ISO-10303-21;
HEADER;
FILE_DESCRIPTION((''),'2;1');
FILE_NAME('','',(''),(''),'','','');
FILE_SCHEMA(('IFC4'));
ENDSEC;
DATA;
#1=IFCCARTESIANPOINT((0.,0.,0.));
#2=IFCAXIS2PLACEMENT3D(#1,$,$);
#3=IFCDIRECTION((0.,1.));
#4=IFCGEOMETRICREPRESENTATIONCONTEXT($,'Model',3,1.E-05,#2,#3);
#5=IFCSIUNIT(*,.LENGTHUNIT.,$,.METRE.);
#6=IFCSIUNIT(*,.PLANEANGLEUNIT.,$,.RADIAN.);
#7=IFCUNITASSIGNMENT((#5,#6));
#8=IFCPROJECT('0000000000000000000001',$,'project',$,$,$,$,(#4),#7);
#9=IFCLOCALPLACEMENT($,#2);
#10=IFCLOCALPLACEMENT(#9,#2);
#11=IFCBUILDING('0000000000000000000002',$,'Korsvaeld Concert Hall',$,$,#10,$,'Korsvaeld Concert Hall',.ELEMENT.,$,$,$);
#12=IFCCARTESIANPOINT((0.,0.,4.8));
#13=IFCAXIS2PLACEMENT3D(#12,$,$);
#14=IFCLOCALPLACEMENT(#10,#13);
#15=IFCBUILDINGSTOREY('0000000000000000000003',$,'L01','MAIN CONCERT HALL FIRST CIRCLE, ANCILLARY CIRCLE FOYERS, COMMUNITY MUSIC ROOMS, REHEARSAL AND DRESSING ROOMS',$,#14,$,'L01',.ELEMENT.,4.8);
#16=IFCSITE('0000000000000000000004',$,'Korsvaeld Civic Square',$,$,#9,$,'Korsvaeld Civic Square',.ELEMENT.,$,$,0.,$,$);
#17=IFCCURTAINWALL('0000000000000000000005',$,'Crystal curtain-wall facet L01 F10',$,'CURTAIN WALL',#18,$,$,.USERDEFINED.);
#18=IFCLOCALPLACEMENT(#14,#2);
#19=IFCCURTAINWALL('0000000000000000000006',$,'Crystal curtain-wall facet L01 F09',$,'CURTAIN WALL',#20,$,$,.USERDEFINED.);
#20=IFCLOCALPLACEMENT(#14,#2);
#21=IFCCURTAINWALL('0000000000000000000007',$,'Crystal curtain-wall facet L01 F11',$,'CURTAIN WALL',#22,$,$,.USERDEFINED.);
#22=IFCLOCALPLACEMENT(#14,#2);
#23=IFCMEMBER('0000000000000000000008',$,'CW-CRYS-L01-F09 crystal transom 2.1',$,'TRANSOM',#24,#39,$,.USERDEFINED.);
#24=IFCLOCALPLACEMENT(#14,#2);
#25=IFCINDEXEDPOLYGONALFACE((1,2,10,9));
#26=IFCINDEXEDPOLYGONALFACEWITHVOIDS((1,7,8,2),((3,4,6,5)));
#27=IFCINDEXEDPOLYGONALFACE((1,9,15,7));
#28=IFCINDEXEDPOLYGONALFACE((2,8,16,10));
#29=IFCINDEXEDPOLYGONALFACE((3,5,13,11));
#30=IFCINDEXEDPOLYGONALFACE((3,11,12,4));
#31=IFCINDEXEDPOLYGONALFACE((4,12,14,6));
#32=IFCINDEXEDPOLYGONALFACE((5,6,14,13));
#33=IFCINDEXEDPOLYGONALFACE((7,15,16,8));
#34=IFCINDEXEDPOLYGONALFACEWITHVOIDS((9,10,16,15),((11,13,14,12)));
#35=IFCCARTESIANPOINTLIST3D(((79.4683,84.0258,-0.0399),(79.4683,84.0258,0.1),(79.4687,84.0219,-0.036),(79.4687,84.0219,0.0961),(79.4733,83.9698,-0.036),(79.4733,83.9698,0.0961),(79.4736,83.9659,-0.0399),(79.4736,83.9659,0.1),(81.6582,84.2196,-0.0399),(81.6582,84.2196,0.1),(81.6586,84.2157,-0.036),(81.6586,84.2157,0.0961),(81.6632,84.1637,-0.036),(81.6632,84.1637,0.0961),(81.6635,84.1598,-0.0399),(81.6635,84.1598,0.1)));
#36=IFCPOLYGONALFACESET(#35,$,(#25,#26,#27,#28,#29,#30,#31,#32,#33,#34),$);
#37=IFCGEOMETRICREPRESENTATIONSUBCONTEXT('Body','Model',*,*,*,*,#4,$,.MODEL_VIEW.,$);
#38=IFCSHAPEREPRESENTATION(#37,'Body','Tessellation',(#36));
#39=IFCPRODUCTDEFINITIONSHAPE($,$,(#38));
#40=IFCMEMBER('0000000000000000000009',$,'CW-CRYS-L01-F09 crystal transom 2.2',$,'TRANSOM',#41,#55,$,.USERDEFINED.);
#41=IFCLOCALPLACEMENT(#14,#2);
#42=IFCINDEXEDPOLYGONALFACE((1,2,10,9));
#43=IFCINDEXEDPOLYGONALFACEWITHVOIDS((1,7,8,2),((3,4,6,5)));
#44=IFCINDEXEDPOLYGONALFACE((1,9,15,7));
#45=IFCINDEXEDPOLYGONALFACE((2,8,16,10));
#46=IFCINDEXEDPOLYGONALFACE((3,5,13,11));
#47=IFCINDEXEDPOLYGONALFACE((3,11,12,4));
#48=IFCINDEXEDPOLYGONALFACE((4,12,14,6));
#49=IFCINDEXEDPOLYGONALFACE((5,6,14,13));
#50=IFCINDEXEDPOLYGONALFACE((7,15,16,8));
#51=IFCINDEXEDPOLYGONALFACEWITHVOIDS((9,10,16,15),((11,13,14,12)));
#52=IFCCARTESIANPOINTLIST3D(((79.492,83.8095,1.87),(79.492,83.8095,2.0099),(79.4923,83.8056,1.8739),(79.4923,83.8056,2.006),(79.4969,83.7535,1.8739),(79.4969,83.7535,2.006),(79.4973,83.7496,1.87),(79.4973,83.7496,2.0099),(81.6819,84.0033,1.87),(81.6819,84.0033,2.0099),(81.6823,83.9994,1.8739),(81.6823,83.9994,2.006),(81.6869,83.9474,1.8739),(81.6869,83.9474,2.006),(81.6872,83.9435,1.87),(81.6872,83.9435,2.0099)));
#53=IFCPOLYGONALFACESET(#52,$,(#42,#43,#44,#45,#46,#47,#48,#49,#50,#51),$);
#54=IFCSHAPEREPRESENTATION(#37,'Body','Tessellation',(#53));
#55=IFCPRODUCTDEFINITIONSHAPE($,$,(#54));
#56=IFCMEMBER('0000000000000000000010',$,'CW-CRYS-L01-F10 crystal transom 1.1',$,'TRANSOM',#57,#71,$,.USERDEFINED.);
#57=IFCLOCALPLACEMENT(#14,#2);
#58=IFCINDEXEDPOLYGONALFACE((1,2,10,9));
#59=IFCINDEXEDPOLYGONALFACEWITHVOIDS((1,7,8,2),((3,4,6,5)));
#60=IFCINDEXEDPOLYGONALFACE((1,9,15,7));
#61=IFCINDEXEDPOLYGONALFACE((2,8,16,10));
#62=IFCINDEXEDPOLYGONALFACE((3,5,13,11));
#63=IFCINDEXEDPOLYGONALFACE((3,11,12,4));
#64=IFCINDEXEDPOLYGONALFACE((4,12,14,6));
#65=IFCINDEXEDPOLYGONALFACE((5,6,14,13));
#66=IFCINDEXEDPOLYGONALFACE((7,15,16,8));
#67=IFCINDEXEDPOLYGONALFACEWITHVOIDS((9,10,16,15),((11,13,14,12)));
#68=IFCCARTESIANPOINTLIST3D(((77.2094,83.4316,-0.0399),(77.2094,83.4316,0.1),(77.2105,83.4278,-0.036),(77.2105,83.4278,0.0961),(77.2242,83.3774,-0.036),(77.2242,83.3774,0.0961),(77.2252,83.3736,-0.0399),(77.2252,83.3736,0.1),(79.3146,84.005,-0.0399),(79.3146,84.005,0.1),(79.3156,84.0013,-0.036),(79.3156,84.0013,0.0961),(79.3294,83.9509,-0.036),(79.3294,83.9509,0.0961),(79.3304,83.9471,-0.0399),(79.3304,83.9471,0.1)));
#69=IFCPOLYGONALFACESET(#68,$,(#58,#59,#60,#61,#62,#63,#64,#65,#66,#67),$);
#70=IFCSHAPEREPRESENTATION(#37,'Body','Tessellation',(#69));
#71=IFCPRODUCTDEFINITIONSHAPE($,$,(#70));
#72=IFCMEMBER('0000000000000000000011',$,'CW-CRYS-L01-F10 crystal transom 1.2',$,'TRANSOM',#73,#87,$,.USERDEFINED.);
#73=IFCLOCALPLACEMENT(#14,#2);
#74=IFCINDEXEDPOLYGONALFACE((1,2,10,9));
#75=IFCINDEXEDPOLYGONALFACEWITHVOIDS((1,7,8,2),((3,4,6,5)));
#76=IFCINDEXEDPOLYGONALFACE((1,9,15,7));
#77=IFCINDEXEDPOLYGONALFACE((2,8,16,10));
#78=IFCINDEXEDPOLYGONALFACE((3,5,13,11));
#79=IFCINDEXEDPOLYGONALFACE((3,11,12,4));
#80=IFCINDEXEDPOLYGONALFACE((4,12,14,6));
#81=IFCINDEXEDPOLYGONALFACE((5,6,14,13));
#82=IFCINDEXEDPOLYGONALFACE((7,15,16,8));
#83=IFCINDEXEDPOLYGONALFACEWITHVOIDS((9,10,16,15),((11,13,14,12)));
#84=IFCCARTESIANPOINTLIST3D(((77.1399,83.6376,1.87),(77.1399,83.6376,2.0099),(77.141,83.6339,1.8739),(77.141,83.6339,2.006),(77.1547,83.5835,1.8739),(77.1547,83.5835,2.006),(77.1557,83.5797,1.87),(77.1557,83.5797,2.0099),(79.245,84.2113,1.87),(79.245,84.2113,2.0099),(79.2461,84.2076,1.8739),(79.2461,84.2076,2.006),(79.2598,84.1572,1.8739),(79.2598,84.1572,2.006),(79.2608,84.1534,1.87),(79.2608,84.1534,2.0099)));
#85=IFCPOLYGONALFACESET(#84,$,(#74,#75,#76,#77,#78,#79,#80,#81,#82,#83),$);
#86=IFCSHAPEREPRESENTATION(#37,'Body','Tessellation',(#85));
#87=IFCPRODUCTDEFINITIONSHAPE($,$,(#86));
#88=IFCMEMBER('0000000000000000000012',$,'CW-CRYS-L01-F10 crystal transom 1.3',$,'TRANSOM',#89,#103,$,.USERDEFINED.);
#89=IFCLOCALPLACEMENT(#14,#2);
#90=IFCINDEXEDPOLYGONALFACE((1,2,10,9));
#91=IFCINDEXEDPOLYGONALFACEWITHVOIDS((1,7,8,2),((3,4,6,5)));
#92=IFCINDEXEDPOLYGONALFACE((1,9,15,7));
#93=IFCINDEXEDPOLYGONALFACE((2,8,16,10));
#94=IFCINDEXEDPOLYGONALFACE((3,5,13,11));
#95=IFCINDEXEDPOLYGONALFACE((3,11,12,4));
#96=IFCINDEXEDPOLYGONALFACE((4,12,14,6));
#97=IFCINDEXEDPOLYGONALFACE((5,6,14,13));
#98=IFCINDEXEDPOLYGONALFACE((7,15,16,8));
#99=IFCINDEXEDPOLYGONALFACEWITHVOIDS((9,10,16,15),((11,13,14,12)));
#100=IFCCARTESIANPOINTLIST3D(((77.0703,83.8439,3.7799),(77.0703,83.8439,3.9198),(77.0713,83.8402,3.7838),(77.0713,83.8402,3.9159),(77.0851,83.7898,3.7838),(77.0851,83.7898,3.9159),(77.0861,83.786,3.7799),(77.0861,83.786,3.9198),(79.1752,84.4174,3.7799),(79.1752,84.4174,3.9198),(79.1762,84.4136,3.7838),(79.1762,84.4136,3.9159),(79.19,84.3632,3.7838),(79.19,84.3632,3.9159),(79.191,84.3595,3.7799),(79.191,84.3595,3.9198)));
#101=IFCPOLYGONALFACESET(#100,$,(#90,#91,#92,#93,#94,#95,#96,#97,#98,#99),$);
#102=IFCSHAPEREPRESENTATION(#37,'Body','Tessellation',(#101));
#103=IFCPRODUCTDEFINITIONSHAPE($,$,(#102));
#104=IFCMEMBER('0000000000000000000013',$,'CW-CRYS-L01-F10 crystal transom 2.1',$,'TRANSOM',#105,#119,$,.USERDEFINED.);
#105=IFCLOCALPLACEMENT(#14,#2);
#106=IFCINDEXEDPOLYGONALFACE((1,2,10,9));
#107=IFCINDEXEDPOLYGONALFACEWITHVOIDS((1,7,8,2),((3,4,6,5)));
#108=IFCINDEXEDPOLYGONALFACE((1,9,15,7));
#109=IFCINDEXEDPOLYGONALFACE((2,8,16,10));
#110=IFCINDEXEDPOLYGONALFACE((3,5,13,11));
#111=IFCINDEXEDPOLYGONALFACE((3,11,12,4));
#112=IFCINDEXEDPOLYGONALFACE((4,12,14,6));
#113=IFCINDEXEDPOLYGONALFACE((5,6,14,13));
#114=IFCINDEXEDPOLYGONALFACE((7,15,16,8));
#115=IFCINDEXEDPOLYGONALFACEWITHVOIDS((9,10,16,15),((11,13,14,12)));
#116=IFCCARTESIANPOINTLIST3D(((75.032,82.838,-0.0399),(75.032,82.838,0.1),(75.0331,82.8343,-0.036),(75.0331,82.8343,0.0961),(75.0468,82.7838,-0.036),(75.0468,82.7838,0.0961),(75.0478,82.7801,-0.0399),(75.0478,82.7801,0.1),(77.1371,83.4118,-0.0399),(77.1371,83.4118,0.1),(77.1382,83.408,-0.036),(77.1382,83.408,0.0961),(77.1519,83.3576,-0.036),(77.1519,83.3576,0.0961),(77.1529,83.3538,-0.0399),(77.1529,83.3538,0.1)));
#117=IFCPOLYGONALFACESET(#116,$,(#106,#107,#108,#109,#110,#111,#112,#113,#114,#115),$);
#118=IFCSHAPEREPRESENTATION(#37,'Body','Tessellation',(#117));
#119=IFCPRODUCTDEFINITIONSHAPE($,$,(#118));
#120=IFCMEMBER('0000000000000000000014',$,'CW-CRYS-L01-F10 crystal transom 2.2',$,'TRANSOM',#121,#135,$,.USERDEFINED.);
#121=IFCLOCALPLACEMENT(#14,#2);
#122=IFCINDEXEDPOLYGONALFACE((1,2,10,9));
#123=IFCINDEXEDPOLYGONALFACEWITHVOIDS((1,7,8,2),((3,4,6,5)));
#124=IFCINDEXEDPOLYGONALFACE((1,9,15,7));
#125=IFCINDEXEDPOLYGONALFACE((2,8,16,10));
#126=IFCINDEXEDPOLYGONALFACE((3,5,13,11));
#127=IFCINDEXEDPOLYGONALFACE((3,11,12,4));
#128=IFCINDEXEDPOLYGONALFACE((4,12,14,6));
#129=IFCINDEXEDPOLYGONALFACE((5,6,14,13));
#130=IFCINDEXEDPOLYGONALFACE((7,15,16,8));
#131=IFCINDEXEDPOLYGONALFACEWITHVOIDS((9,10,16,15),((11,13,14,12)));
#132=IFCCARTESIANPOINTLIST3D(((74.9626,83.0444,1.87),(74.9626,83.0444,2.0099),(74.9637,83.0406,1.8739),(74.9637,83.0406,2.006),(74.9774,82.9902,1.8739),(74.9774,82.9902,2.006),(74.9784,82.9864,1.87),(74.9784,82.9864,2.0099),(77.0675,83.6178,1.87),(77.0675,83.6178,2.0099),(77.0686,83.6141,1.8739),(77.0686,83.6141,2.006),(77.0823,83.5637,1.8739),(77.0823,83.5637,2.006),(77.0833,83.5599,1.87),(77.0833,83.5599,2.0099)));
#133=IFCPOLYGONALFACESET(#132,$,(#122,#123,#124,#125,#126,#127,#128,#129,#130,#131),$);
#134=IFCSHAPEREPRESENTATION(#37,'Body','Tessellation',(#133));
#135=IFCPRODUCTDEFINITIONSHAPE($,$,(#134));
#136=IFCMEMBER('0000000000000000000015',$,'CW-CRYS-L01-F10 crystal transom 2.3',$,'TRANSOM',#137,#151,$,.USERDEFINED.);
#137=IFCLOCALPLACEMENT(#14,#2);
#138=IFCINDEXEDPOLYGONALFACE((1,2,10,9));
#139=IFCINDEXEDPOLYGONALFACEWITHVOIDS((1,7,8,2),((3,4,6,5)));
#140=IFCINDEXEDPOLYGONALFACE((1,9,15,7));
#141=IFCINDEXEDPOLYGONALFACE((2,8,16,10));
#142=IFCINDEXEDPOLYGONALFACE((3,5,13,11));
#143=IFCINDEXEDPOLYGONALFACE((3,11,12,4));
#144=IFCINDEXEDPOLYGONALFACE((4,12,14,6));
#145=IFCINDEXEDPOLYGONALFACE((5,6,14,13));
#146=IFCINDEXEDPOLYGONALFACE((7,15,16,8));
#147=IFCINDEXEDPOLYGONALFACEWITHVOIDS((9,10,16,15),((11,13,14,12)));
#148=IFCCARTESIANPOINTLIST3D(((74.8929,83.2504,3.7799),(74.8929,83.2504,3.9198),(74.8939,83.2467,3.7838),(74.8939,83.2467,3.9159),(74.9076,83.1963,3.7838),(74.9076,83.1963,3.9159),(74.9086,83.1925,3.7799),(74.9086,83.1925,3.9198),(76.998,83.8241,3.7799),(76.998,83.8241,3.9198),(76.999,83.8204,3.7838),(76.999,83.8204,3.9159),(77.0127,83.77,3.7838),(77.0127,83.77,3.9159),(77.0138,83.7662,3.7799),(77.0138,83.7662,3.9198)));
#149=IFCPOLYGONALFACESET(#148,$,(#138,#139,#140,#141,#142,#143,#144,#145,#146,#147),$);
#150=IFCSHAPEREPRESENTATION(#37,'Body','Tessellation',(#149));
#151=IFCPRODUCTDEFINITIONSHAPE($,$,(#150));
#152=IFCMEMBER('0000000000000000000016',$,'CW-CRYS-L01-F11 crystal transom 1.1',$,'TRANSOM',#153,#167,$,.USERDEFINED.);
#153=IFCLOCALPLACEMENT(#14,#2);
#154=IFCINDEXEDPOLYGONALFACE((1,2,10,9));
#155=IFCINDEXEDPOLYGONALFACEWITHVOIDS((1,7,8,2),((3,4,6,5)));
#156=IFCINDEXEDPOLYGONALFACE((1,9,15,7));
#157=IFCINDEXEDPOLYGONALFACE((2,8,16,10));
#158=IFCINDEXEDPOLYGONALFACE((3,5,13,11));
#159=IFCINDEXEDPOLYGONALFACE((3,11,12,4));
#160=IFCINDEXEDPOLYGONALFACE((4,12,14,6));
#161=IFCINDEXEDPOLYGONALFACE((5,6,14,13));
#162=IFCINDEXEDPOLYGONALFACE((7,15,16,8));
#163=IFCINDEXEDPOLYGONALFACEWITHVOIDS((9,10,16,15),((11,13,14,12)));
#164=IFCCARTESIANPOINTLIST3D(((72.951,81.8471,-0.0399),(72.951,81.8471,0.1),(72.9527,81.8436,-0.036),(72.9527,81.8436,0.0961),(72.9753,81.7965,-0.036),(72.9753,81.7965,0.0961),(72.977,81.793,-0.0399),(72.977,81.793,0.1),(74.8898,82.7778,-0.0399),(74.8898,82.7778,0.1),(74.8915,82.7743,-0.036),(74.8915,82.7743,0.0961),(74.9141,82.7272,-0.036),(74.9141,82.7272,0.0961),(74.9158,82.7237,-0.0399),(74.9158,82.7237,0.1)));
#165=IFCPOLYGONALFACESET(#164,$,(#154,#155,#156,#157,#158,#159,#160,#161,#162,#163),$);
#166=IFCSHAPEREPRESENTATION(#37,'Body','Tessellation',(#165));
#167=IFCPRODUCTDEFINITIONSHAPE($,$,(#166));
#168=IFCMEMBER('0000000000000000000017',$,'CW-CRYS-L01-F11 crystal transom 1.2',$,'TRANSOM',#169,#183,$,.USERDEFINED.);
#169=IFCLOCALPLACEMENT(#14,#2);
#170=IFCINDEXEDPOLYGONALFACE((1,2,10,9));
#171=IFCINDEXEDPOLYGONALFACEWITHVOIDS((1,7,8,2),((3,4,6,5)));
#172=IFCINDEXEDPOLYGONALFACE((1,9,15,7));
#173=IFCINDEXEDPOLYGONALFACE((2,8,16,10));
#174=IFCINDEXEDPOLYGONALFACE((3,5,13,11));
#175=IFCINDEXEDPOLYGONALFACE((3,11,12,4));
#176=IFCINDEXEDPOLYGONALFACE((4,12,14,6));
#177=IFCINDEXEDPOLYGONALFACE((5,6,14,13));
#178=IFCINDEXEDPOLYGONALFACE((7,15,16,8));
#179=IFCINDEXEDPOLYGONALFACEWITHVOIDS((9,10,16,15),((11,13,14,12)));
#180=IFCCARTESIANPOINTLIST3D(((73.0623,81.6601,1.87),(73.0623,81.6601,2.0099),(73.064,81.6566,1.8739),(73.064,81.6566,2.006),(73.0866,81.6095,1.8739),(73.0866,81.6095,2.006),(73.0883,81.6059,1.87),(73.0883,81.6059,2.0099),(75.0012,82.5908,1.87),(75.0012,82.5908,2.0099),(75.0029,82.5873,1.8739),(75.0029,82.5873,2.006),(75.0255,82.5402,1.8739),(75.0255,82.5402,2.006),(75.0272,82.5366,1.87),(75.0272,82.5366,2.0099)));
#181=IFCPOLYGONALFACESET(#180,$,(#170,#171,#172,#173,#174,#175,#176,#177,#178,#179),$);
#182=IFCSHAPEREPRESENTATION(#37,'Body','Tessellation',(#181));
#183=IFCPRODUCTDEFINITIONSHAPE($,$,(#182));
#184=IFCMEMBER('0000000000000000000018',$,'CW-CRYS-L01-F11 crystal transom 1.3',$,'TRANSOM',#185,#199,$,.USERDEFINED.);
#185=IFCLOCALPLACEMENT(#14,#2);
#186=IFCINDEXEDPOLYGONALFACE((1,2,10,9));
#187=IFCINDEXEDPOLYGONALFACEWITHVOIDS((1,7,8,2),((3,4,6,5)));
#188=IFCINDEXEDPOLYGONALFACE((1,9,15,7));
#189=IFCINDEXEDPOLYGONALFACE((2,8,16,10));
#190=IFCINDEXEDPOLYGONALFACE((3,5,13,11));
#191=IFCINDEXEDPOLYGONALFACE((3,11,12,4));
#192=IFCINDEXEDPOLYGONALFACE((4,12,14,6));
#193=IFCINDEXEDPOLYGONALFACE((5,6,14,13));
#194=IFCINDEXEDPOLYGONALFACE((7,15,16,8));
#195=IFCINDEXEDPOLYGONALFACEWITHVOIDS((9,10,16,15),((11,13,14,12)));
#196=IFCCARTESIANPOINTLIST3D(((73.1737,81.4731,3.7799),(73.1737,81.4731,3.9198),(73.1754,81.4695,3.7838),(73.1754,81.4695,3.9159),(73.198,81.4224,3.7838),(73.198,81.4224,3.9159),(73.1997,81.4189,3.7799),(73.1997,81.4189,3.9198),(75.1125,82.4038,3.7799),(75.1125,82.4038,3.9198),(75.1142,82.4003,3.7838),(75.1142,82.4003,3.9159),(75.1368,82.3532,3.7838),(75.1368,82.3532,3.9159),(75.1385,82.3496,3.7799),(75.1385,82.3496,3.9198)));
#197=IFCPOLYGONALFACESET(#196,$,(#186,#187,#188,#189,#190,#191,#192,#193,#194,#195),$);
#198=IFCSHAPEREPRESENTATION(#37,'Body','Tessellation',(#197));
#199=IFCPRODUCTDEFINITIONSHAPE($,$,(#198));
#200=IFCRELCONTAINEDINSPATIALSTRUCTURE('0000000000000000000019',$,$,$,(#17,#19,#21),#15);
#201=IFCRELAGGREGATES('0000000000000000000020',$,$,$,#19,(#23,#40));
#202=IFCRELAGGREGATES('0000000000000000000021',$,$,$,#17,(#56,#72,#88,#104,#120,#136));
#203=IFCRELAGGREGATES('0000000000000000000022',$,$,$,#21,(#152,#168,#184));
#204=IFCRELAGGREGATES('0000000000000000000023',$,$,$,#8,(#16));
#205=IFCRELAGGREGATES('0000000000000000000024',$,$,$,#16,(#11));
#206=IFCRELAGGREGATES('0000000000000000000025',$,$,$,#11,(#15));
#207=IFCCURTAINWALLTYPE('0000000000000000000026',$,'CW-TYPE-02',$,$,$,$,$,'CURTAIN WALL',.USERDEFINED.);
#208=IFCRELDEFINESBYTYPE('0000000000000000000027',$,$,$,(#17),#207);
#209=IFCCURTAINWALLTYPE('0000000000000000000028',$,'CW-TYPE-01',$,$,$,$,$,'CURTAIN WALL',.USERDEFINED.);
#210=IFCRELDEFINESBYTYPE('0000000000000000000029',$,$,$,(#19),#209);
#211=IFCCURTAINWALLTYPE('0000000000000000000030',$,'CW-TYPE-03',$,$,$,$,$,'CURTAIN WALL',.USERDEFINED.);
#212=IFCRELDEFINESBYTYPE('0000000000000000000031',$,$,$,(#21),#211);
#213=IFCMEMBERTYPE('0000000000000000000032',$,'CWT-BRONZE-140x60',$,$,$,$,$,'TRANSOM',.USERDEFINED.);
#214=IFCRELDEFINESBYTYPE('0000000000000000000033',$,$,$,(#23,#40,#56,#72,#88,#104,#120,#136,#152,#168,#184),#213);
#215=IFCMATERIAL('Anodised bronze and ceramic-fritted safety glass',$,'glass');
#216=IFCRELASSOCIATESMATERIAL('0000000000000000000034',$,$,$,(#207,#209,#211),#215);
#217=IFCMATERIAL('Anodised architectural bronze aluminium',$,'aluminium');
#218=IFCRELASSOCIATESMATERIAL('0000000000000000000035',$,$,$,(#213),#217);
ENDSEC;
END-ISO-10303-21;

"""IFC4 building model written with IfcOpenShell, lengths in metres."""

from ifc_helpers import new_model, si_unit, direction, frame, origin, origin_2d, place, context, subcontext, project, spatial, hollow_rectangle, extrude, material, material_profile, profile_set, type_object, element, aggregate, save


model = new_model("IFC4")

# Units and contexts
model_context = context("Model", 3, precision=1e-05, world=origin(), true_north=direction((0.0, 1.0)))
body_context = subcontext(model_context, "Body", "Model", "MODEL_VIEW")
ifc_project = project(units=[si_unit("LENGTHUNIT", "METRE"), si_unit("PLANEANGLEUNIT", "RADIAN")], contexts=[model_context])

# Site, building, storey
site_placement = place(None, origin())
site = spatial("IfcSite", under=ifc_project, at=site_placement, Name="Korsvaeld Civic Square", LongName="Korsvaeld Civic Square", CompositionType="ELEMENT", RefElevation=0.0)
building_placement = place(site_placement, origin())
building = spatial("IfcBuilding", under=site, at=building_placement, Name="Korsvaeld Concert Hall", LongName="Korsvaeld Concert Hall", CompositionType="ELEMENT")
storey_placement = place(building_placement, frame((0.0, 0.0, 4.8)))
storey = spatial("IfcBuildingStorey", under=building, at=storey_placement, Name="L01", Description="MAIN CONCERT HALL FIRST CIRCLE, ANCILLARY CIRCLE FOYERS, COMMUNITY MUSIC ROOMS, REHEARSAL AND DRESSING ROOMS", LongName="L01", CompositionType="ELEMENT", Elevation=4.8)

# Curtain wall
ifc_material_1 = material(Name="Anodised bronze and ceramic-fritted safety glass", Category="glass")
curtain_wall_type_1 = type_object("IfcCurtainWallType", Name="CW-TYPE-02", ElementType="CURTAIN WALL", PredefinedType="USERDEFINED", material=ifc_material_1)
curtain_wall_1_placement = place(storey_placement, origin())
curtain_wall_1 = element("IfcCurtainWall", 1, at=curtain_wall_1_placement, inside=storey, type_object=curtain_wall_type_1, Name="Crystal curtain-wall facet L01 F10", ObjectType="CURTAIN WALL", PredefinedType="USERDEFINED")
ifc_material_2 = material(Name="Anodised architectural bronze aluminium", Category="aluminium")

# Curtain walls
curtain_wall_type_2 = type_object("IfcCurtainWallType", Name="CW-TYPE-01", ElementType="CURTAIN WALL", PredefinedType="USERDEFINED", material=ifc_material_1)
curtain_wall_2_placement = place(storey_placement, origin())
curtain_wall_2 = element("IfcCurtainWall", 2, at=curtain_wall_2_placement, inside=storey, type_object=curtain_wall_type_2, Name="Crystal curtain-wall facet L01 F09", ObjectType="CURTAIN WALL", PredefinedType="USERDEFINED")
curtain_wall_type_3 = type_object("IfcCurtainWallType", Name="CW-TYPE-03", ElementType="CURTAIN WALL", PredefinedType="USERDEFINED", material=ifc_material_1)
curtain_wall_3_placement = place(storey_placement, origin())
curtain_wall_3 = element("IfcCurtainWall", 3, at=curtain_wall_3_placement, inside=storey, type_object=curtain_wall_type_3, Name="Crystal curtain-wall facet L01 F11", ObjectType="CURTAIN WALL", PredefinedType="USERDEFINED")

# Members
ifc_material_profile_1 = material_profile(ifc_material_2, hollow_rectangle(XDim=0.0601, YDim=0.1399, WallThickness=0.0039, at=origin_2d()), Name="CWT 140x60x4")
ifc_profile_set_1 = profile_set([ifc_material_profile_1], Name="Anodised architectural bronze aluminium")
member_type_1 = type_object("IfcMemberType", Name="CWT-BRONZE-140x60", ElementType="TRANSOM", PredefinedType="USERDEFINED", material=ifc_profile_set_1)
member_1_placement = place(storey_placement, frame((81.6609, 84.1897, 0.03), z_axis=(-0.996105, -0.088173, 0.0), x_axis=(0.088173, -0.996105, 0.0)))
member_1 = element("IfcMember", 4, at=member_1_placement, type_object=member_type_1, Name="CW-CRYS-L01-F09 crystal transom 2.1", ObjectType="TRANSOM", PredefinedType="USERDEFINED", context=body_context, shape_type="SweptSolid", body=[
    extrude(hollow_rectangle(XDim=0.0601, YDim=0.1399, WallThickness=0.0039, at=origin_2d()), origin(), (0.0, 0.0, 1.0), 2.1985),
])
member_2_placement = place(storey_placement, frame((81.6846, 83.9734, 1.9399), z_axis=(-0.996105, -0.088173, 0.0), x_axis=(0.088173, -0.996105, 0.0)))
member_2 = element("IfcMember", 5, at=member_2_placement, type_object=member_type_1, Name="CW-CRYS-L01-F09 crystal transom 2.2", ObjectType="TRANSOM", PredefinedType="USERDEFINED", context=body_context, shape_type="SweptSolid", body=[
    extrude(hollow_rectangle(XDim=0.0601, YDim=0.1399, WallThickness=0.0039, at=origin_2d()), origin(), (0.0, 0.0, 1.0), 2.1985),
])
member_3_placement = place(storey_placement, frame((79.3225, 83.9761, 0.03), z_axis=(-0.964841, -0.262833, 0.0), x_axis=(0.262833, -0.964841, 0.0)))
member_3 = element("IfcMember", 6, at=member_3_placement, type_object=member_type_1, Name="CW-CRYS-L01-F10 crystal transom 1.1", ObjectType="TRANSOM", PredefinedType="USERDEFINED", context=body_context, shape_type="SweptSolid", body=[
    extrude(hollow_rectangle(XDim=0.0601, YDim=0.1399, WallThickness=0.0039, at=origin_2d()), origin(), (0.0, 0.0, 1.0), 2.1819),
])
member_4_placement = place(storey_placement, frame((79.2529, 84.1824, 1.9399), z_axis=(-0.964813, -0.262938, 0.0), x_axis=(0.262938, -0.964813, 0.0)))
member_4 = element("IfcMember", 7, at=member_4_placement, type_object=member_type_1, Name="CW-CRYS-L01-F10 crystal transom 1.2", ObjectType="TRANSOM", PredefinedType="USERDEFINED", context=body_context, shape_type="SweptSolid", body=[
    extrude(hollow_rectangle(XDim=0.0601, YDim=0.1399, WallThickness=0.0039, at=origin_2d()), origin(), (0.0, 0.0, 1.0), 2.1819),
])
member_5_placement = place(storey_placement, frame((79.1831, 84.3884, 3.8499), z_axis=(-0.964834, -0.262862, 0.0), x_axis=(0.262862, -0.964834, 0.0)))
member_5 = element("IfcMember", 8, at=member_5_placement, type_object=member_type_1, Name="CW-CRYS-L01-F10 crystal transom 1.3", ObjectType="TRANSOM", PredefinedType="USERDEFINED", context=body_context, shape_type="SweptSolid", body=[
    extrude(hollow_rectangle(XDim=0.0601, YDim=0.1399, WallThickness=0.0039, at=origin_2d()), origin(), (0.0, 0.0, 1.0), 2.1816),
])
member_6_placement = place(storey_placement, frame((77.145, 83.3828, 0.03), z_axis=(-0.964805, -0.262966, 0.0), x_axis=(0.262966, -0.964805, 0.0)))
member_6 = element("IfcMember", 9, at=member_6_placement, type_object=member_type_1, Name="CW-CRYS-L01-F10 crystal transom 2.1", ObjectType="TRANSOM", PredefinedType="USERDEFINED", context=body_context, shape_type="SweptSolid", body=[
    extrude(hollow_rectangle(XDim=0.0601, YDim=0.1399, WallThickness=0.0039, at=origin_2d()), origin(), (0.0, 0.0, 1.0), 2.1819),
])
member_7_placement = place(storey_placement, frame((77.0754, 83.5889, 1.9399), z_axis=(-0.964834, -0.262862, 0.0), x_axis=(0.262862, -0.964834, 0.0)))
member_7 = element("IfcMember", 10, at=member_7_placement, type_object=member_type_1, Name="CW-CRYS-L01-F10 crystal transom 2.2", ObjectType="TRANSOM", PredefinedType="USERDEFINED", context=body_context, shape_type="SweptSolid", body=[
    extrude(hollow_rectangle(XDim=0.0601, YDim=0.1399, WallThickness=0.0039, at=origin_2d()), origin(), (0.0, 0.0, 1.0), 2.1816),
])
member_8_placement = place(storey_placement, frame((77.0059, 83.7952, 3.8499), z_axis=(-0.964813, -0.262938, 0.0), x_axis=(0.262938, -0.964813, 0.0)))
member_8 = element("IfcMember", 11, at=member_8_placement, type_object=member_type_1, Name="CW-CRYS-L01-F10 crystal transom 2.3", ObjectType="TRANSOM", PredefinedType="USERDEFINED", context=body_context, shape_type="SweptSolid", body=[
    extrude(hollow_rectangle(XDim=0.0601, YDim=0.1399, WallThickness=0.0039, at=origin_2d()), origin(), (0.0, 0.0, 1.0), 2.1819),
])
member_9_placement = place(storey_placement, frame((74.9028, 82.7507, 0.03), z_axis=(-0.901509, -0.432761, 0.0), x_axis=(0.432761, -0.901509, 0.0)))
member_9 = element("IfcMember", 12, at=member_9_placement, type_object=member_type_1, Name="CW-CRYS-L01-F11 crystal transom 1.1", ObjectType="TRANSOM", PredefinedType="USERDEFINED", context=body_context, shape_type="SweptSolid", body=[
    extrude(hollow_rectangle(XDim=0.0601, YDim=0.1399, WallThickness=0.0039, at=origin_2d()), origin(), (0.0, 0.0, 1.0), 2.1506),
])
member_10_placement = place(storey_placement, frame((75.0142, 82.5637, 1.9399), z_axis=(-0.901509, -0.432761, 0.0), x_axis=(0.432761, -0.901509, 0.0)))
member_10 = element("IfcMember", 13, at=member_10_placement, type_object=member_type_1, Name="CW-CRYS-L01-F11 crystal transom 1.2", ObjectType="TRANSOM", PredefinedType="USERDEFINED", context=body_context, shape_type="SweptSolid", body=[
    extrude(hollow_rectangle(XDim=0.0601, YDim=0.1399, WallThickness=0.0039, at=origin_2d()), origin(), (0.0, 0.0, 1.0), 2.1506),
])
member_11_placement = place(storey_placement, frame((75.1255, 82.3767, 3.8499), z_axis=(-0.901509, -0.432761, 0.0), x_axis=(0.432761, -0.901509, 0.0)))
member_11 = element("IfcMember", 14, at=member_11_placement, type_object=member_type_1, Name="CW-CRYS-L01-F11 crystal transom 1.3", ObjectType="TRANSOM", PredefinedType="USERDEFINED", context=body_context, shape_type="SweptSolid", body=[
    extrude(hollow_rectangle(XDim=0.0601, YDim=0.1399, WallThickness=0.0039, at=origin_2d()), origin(), (0.0, 0.0, 1.0), 2.1506),
])

aggregate(curtain_wall_2, [member_1, member_2])
aggregate(curtain_wall_1, [member_3, member_4, member_5, member_6, member_7, member_8])
aggregate(curtain_wall_3, [member_9, member_10, member_11])

save(model, "model.ifc")
